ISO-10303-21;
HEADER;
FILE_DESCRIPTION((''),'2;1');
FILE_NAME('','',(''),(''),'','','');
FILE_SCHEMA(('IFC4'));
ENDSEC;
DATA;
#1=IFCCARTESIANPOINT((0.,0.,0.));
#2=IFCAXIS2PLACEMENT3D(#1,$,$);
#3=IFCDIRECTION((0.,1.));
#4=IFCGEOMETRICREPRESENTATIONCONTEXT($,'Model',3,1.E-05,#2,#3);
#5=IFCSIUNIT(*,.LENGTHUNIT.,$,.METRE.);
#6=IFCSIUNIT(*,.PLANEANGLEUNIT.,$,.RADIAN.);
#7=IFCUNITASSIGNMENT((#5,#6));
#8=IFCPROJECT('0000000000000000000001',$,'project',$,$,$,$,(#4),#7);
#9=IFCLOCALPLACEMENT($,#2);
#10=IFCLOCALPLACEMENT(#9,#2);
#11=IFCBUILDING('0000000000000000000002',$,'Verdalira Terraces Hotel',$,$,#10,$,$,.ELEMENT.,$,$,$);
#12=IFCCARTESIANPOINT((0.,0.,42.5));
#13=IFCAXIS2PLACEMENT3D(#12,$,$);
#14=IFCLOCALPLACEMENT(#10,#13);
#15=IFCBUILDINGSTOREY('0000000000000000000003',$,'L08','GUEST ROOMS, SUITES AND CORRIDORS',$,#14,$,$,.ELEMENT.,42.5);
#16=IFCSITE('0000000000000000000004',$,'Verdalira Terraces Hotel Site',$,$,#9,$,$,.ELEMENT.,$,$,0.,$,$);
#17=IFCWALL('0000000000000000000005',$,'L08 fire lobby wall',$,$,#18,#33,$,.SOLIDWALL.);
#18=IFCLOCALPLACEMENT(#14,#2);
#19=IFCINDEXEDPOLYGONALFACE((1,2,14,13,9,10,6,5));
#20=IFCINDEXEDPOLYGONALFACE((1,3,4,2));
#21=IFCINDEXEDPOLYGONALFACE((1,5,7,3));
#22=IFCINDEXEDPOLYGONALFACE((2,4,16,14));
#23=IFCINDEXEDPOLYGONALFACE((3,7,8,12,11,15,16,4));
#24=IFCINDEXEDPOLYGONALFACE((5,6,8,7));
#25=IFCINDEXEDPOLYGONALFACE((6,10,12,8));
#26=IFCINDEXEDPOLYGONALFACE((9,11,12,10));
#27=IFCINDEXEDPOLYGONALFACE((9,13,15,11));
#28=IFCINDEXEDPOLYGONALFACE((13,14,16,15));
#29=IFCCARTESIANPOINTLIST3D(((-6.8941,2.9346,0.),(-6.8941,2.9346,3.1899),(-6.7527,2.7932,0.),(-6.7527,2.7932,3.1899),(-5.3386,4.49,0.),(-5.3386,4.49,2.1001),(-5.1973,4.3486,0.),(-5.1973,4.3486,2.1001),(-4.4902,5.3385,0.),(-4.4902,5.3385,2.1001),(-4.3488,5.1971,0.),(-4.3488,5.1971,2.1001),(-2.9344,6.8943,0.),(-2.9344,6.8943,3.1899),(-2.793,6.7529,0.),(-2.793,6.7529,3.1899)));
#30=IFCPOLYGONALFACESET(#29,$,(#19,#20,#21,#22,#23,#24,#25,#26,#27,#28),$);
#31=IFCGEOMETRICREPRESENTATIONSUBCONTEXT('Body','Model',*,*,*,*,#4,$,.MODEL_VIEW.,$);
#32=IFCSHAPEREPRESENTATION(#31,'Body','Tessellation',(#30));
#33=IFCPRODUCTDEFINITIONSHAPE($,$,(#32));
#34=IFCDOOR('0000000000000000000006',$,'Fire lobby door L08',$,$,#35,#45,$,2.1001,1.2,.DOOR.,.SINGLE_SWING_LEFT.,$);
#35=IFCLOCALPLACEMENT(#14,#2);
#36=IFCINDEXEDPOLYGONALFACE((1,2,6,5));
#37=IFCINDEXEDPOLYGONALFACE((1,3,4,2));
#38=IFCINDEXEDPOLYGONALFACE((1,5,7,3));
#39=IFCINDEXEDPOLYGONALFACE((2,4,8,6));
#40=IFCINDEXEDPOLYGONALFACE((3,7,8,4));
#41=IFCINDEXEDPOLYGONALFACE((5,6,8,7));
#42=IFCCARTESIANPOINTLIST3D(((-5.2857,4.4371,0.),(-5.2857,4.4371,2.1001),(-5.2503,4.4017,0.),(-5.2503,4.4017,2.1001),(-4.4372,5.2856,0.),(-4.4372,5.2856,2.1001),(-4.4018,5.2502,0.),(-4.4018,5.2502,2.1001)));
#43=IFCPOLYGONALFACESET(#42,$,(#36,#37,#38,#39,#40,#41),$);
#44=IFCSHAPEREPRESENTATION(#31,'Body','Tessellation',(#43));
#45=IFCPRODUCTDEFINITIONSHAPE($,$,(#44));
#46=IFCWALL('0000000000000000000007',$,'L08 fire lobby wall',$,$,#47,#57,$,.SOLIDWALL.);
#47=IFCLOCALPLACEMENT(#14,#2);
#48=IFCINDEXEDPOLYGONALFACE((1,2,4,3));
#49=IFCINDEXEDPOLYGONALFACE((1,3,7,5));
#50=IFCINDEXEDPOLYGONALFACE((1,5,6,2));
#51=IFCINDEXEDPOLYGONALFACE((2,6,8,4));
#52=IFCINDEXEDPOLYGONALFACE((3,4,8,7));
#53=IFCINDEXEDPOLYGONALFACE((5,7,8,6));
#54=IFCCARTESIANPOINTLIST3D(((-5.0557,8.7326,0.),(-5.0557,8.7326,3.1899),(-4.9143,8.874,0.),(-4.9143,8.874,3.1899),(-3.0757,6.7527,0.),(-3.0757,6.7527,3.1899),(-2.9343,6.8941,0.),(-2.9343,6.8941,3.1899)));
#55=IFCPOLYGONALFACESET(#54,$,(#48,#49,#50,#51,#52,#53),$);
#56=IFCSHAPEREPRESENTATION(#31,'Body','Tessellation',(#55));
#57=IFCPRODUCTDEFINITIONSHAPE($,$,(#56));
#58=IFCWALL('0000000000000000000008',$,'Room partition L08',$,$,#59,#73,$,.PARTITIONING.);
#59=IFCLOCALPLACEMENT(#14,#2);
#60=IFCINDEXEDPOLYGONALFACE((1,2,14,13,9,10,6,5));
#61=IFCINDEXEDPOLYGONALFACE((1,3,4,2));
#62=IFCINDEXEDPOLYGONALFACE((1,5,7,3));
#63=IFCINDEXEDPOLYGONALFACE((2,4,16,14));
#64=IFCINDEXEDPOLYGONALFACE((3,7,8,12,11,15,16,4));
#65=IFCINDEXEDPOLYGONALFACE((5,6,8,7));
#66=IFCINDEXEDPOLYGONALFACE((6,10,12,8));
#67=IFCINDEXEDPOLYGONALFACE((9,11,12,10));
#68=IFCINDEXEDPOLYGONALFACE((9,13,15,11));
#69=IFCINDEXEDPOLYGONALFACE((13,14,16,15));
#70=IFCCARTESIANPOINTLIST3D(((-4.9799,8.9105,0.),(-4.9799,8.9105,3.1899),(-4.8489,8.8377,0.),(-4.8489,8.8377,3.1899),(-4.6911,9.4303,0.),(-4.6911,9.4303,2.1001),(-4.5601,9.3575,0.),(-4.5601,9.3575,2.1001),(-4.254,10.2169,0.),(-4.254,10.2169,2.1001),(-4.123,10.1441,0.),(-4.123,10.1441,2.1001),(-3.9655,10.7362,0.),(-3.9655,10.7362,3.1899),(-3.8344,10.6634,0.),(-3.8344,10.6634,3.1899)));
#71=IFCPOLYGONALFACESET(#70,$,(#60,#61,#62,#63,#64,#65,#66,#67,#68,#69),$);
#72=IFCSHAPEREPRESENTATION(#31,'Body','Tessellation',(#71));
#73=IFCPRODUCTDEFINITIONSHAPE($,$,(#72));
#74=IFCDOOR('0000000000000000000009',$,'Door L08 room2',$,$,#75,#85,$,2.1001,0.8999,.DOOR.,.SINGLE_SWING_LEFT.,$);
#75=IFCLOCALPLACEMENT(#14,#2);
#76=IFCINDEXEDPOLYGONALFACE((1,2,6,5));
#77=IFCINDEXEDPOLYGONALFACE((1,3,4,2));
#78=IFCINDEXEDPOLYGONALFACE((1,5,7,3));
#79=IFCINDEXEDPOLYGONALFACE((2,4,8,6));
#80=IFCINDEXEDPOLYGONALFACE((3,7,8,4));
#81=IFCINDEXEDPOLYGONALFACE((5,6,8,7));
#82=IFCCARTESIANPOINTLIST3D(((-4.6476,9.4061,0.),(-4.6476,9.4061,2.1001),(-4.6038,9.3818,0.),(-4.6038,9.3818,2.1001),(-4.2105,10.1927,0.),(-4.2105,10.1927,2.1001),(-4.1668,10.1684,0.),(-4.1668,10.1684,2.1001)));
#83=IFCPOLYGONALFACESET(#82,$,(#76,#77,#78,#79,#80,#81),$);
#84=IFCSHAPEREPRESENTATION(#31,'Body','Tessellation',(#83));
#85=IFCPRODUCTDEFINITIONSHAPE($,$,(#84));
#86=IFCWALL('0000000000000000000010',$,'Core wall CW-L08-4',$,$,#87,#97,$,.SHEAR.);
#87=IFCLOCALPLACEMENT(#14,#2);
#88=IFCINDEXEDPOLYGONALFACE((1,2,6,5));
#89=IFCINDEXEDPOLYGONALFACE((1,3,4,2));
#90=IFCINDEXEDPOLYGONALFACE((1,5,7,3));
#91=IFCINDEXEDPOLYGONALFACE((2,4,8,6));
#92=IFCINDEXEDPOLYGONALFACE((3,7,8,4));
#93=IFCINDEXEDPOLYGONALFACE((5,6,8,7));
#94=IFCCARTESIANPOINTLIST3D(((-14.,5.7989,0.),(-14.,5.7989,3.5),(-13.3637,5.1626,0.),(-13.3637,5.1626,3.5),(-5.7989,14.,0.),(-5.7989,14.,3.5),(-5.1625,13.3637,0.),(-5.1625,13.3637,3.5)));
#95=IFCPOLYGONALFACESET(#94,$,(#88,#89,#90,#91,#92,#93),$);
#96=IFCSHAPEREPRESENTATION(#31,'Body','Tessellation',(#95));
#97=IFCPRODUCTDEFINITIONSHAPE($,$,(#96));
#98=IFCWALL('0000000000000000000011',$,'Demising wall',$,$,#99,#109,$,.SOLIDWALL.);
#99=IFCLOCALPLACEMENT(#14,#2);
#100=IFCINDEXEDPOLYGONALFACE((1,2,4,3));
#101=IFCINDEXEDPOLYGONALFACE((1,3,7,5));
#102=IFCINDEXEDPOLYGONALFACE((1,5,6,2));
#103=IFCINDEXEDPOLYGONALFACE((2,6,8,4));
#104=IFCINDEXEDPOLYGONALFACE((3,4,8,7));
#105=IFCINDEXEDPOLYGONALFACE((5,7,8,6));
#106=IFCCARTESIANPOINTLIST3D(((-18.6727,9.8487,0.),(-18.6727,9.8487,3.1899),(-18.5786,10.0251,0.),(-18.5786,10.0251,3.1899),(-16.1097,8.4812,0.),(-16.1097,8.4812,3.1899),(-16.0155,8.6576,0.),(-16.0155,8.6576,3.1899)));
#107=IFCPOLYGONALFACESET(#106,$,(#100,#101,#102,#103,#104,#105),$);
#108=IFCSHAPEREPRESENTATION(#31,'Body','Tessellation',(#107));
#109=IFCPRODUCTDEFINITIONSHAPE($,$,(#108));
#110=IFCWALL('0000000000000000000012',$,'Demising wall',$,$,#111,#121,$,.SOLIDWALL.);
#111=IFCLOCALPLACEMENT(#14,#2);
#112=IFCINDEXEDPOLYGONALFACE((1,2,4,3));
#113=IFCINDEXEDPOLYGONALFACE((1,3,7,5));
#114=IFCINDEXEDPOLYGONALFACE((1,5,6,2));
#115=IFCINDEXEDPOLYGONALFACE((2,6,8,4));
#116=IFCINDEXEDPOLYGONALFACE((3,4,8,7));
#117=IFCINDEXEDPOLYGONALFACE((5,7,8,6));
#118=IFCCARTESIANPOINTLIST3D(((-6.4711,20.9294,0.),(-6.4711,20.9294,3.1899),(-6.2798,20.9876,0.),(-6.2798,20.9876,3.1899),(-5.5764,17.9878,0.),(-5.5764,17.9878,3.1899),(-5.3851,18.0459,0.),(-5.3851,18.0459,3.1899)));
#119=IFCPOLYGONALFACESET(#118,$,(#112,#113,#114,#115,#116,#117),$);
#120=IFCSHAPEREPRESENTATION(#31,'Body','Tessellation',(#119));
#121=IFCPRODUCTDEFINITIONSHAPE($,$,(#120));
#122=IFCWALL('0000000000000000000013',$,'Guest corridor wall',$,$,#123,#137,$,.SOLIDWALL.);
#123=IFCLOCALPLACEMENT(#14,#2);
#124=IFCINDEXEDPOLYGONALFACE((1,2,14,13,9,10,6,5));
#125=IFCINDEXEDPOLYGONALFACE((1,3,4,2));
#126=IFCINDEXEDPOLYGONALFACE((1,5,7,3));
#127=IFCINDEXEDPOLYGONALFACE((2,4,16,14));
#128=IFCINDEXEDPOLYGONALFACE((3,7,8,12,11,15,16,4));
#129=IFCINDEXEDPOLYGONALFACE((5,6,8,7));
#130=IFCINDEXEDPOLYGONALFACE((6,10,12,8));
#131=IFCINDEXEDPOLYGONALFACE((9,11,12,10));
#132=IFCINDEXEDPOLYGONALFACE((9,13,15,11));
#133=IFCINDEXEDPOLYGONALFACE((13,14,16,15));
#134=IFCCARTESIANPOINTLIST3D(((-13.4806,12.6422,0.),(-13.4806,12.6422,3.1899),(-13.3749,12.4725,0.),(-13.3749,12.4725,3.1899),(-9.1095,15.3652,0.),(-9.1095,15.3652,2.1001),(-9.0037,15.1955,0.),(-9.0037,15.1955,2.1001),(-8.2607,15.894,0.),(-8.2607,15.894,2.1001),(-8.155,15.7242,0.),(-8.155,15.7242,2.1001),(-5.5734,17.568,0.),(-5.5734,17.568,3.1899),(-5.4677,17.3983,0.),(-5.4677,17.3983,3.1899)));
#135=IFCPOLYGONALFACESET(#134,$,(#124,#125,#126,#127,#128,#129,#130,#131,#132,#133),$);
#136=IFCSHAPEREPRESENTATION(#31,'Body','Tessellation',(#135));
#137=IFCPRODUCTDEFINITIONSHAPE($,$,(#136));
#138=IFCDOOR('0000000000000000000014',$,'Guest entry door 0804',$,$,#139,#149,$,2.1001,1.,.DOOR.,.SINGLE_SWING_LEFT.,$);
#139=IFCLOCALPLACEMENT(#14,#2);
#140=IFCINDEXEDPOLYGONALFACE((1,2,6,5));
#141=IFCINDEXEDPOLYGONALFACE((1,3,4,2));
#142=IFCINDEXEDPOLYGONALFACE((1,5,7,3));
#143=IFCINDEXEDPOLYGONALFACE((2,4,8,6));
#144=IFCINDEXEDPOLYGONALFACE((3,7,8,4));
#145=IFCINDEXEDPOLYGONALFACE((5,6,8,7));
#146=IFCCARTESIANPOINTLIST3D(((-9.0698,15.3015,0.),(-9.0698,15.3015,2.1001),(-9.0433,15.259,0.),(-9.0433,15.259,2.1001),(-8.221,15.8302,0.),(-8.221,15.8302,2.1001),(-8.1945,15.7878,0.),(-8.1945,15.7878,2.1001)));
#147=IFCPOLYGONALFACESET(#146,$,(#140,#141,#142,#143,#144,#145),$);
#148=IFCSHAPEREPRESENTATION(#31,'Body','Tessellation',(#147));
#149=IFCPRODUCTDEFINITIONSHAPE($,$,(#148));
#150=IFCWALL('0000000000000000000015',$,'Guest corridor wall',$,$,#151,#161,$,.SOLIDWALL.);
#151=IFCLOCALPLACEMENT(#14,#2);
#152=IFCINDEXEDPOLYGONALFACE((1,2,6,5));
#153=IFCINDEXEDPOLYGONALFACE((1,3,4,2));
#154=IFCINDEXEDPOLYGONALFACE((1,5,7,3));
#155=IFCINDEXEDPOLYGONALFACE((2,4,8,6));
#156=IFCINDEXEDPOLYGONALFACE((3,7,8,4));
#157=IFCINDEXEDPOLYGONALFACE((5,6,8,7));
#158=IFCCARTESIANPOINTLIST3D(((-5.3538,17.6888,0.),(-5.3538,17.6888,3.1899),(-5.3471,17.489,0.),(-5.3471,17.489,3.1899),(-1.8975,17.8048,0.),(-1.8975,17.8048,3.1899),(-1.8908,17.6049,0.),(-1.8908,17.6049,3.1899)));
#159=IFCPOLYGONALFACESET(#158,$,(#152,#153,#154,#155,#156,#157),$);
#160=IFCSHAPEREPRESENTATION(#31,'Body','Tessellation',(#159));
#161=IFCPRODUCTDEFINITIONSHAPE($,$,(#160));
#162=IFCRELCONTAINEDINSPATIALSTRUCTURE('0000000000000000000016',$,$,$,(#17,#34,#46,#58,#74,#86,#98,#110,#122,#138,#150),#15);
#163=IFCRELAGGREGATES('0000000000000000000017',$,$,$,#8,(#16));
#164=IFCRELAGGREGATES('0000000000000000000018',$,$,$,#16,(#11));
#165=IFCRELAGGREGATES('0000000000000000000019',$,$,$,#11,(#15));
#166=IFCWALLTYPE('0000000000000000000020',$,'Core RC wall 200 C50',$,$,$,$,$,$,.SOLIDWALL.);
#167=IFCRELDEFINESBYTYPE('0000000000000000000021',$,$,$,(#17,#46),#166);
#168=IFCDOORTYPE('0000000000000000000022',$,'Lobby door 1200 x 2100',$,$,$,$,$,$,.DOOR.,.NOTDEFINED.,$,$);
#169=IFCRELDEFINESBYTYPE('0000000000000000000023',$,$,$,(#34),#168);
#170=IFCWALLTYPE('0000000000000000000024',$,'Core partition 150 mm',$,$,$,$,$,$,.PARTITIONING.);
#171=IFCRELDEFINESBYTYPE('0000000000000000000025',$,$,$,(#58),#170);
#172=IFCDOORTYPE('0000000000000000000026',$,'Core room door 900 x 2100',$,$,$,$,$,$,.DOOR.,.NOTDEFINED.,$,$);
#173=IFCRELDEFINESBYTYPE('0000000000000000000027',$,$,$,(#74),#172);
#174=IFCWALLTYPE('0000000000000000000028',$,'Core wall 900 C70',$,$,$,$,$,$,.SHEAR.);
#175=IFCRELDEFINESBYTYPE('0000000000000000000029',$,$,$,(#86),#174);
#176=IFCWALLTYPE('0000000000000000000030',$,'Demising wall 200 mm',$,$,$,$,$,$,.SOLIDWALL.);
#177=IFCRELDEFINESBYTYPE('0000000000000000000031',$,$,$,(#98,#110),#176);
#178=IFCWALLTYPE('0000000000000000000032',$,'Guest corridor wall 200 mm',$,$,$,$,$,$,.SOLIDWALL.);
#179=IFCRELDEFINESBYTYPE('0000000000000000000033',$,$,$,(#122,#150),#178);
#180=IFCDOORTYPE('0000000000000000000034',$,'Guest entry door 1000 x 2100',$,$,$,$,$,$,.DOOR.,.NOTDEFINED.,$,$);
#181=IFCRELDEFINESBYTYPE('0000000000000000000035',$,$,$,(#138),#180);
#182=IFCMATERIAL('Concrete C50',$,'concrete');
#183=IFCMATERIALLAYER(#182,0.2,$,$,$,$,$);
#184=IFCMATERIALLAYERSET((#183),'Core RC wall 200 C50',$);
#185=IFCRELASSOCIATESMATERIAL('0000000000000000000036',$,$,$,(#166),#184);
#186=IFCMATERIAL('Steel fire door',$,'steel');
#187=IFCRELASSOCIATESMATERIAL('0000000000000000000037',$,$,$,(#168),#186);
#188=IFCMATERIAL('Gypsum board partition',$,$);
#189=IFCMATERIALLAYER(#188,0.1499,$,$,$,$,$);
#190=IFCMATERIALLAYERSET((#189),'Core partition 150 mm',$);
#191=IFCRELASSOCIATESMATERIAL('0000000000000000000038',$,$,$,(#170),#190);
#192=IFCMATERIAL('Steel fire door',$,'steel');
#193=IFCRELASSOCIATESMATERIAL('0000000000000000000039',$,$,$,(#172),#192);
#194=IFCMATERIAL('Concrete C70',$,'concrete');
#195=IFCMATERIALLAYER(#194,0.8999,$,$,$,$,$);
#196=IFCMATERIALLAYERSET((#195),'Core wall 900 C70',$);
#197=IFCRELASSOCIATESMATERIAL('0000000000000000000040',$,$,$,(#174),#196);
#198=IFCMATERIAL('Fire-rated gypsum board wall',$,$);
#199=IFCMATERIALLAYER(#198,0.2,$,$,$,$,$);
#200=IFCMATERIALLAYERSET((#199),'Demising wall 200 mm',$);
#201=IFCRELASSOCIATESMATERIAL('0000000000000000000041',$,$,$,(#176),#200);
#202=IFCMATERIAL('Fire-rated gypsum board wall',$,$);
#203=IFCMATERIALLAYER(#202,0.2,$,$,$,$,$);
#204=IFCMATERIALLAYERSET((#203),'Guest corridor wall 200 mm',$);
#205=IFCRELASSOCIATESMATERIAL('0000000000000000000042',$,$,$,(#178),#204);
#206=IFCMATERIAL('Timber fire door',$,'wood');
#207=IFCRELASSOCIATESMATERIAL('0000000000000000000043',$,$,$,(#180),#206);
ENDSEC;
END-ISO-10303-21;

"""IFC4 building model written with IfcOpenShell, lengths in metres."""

from ifc_helpers import new_model, si_unit, direction, frame, frame_2d, origin, place, context, subcontext, project, spatial, rectangle, extrude, material, layer, layer_set, type_object, element, fill, save


model = new_model("IFC4")

# Units and contexts
model_context = context("Model", 3, precision=1e-05, world=origin(), true_north=direction((0.0, 1.0)))
body_context = subcontext(model_context, "Body", "Model", "MODEL_VIEW")
ifc_project = project(units=[si_unit("LENGTHUNIT", "METRE"), si_unit("PLANEANGLEUNIT", "RADIAN")], contexts=[model_context])

# Site, building, storey
site_placement = place(None, origin())
site = spatial("IfcSite", under=ifc_project, at=site_placement, Name="Verdalira Terraces Hotel Site", CompositionType="ELEMENT", RefElevation=0.0)
building_placement = place(site_placement, origin())
building = spatial("IfcBuilding", under=site, at=building_placement, Name="Verdalira Terraces Hotel", CompositionType="ELEMENT")
storey_placement = place(building_placement, frame((0.0, 0.0, 42.5)))
storey = spatial("IfcBuildingStorey", under=building, at=storey_placement, Name="L08", Description="GUEST ROOMS, SUITES AND CORRIDORS", CompositionType="ELEMENT", Elevation=42.5)

# Wall, opening, door
ifc_material_1 = material(Name="Concrete C50", Category="concrete")
ifc_layer_1 = layer(ifc_material_1, 0.2)
ifc_layer_set_1 = layer_set([ifc_layer_1], Name="Core RC wall 200 C50")
wall_type_1 = type_object("IfcWallType", Name="Core RC wall 200 C50", PredefinedType="SOLIDWALL", material=ifc_layer_set_1)
wall_1_placement = place(storey_placement, frame((-2.8638, 6.8235, 0.0), z_axis=(0.0, 0.0, 1.0), x_axis=(-0.707107, -0.707107, 0.0)))
wall_1 = element("IfcWall", 1, at=wall_1_placement, inside=storey, type_object=wall_type_1, Name="L08 fire lobby wall", PredefinedType="SOLIDWALL", context=body_context, shape_type="SweptSolid", body=[
    extrude(rectangle(XDim=5.5999, YDim=0.2, at=frame_2d((2.7998, 0.0))), origin(), (0.0, 0.0, 1.0), 3.1899),
])
opening_1_placement = place(wall_1_placement, frame((2.2, 0.0, 0.0)))
opening_1 = element("IfcOpeningElement", 2, at=opening_1_placement, cuts=wall_1, PredefinedType="OPENING", context=body_context, shape_type="SweptSolid", body=[
    extrude(rectangle(XDim=1.2, YDim=2.1001, at=frame_2d((0.6001, 1.05))), frame((0.0, 0.1099, 0.0), z_axis=(0.0, -1.0, 0.0), x_axis=(1.0, 0.0, 0.0)), (0.0, 0.0, 1.0), 0.22),
])
ifc_material_2 = material(Name="Steel fire door", Category="steel")
door_type_1 = type_object("IfcDoorType", Name="Lobby door 1200 x 2100", OperationType="NOTDEFINED", PredefinedType="DOOR", material=ifc_material_2)
door_1_placement = place(opening_1_placement, origin())
door_1 = element("IfcDoor", 3, at=door_1_placement, inside=storey, type_object=door_type_1, Name="Fire lobby door L08", OperationType="SINGLE_SWING_LEFT", OverallHeight=2.1001, OverallWidth=1.2, PredefinedType="DOOR", context=body_context, shape_type="SweptSolid", body=[
    extrude(rectangle(XDim=1.2, YDim=2.1001, at=frame_2d((0.6001, 1.05))), frame((0.0, 0.0249, 0.0), z_axis=(0.0, -1.0, 0.0), x_axis=(1.0, 0.0, 0.0)), (0.0, 0.0, 1.0), 0.05),
])
fill(opening_1, door_1)

# Wall
wall_2_placement = place(storey_placement, frame((-3.0051, 6.8235, 0.0), z_axis=(0.0, 0.0, 1.0), x_axis=(-0.707107, 0.707107, 0.0)))
element("IfcWall", 4, at=wall_2_placement, inside=storey, type_object=wall_type_1, Name="L08 fire lobby wall", PredefinedType="SOLIDWALL", context=body_context, shape_type="SweptSolid", body=[
    extrude(rectangle(XDim=2.8, YDim=0.2, at=frame_2d((1.3999, 0.0))), origin(), (0.0, 0.0, 1.0), 3.1899),
])

# Wall, opening, door
ifc_material_3 = material(Name="Gypsum board partition")
ifc_layer_2 = layer(ifc_material_3, 0.1499)
ifc_layer_set_2 = layer_set([ifc_layer_2], Name="Core partition 150 mm")
wall_type_2 = type_object("IfcWallType", Name="Core partition 150 mm", PredefinedType="PARTITIONING", material=ifc_layer_set_2)
wall_3_placement = place(storey_placement, frame((-3.8999, 10.7, 0.0), z_axis=(0.0, 0.0, 1.0), x_axis=(-0.485693, -0.87413, 0.0)))
wall_3 = element("IfcWall", 5, at=wall_3_placement, inside=storey, type_object=wall_type_2, Name="Room partition L08", PredefinedType="PARTITIONING", context=body_context, shape_type="SweptSolid", body=[
    extrude(rectangle(XDim=2.0886, YDim=0.1499, at=frame_2d((1.0444, 0.0))), origin(), (0.0, 0.0, 1.0), 3.1899),
])
opening_2_placement = place(wall_3_placement, frame((0.5942, 0.0, 0.0)))
opening_2 = element("IfcOpeningElement", 6, at=opening_2_placement, cuts=wall_3, PredefinedType="OPENING", context=body_context, shape_type="SweptSolid", body=[
    extrude(rectangle(XDim=0.8999, YDim=2.1001, at=frame_2d((0.45, 1.05))), frame((0.0, 0.085, 0.0), z_axis=(0.0, -1.0, 0.0), x_axis=(1.0, 0.0, 0.0)), (0.0, 0.0, 1.0), 0.1699),
])
ifc_material_4 = material(Name="Steel fire door", Category="steel")
door_type_2 = type_object("IfcDoorType", Name="Core room door 900 x 2100", OperationType="NOTDEFINED", PredefinedType="DOOR", material=ifc_material_4)
door_2_placement = place(opening_2_placement, origin())
door_2 = element("IfcDoor", 7, at=door_2_placement, inside=storey, type_object=door_type_2, Name="Door L08 room2", OperationType="SINGLE_SWING_LEFT", OverallHeight=2.1001, OverallWidth=0.8999, PredefinedType="DOOR", context=body_context, shape_type="SweptSolid", body=[
    extrude(rectangle(XDim=0.8999, YDim=2.1001, at=frame_2d((0.45, 1.05))), frame((0.0, 0.0249, 0.0), z_axis=(0.0, -1.0, 0.0), x_axis=(1.0, 0.0, 0.0)), (0.0, 0.0, 1.0), 0.05),
])
fill(opening_2, door_2)

# Walls
ifc_material_5 = material(Name="Concrete C70", Category="concrete")
ifc_layer_3 = layer(ifc_material_5, 0.8999)
ifc_layer_set_3 = layer_set([ifc_layer_3], Name="Core wall 900 C70")
wall_type_3 = type_object("IfcWallType", Name="Core wall 900 C70", PredefinedType="SHEAR", material=ifc_layer_set_3)
wall_4_placement = place(storey_placement, frame((-5.4807, 13.6819, 0.0), z_axis=(0.0, 0.0, 1.0), x_axis=(-0.707107, -0.707107, 0.0)))
element("IfcWall", 8, at=wall_4_placement, inside=storey, type_object=wall_type_3, Name="Core wall CW-L08-4", PredefinedType="SHEAR", context=body_context, shape_type="SweptSolid", body=[
    extrude(rectangle(XDim=11.5981, YDim=0.8999, at=frame_2d((5.7991, 0.0))), origin(), (0.0, 0.0, 1.0), 3.5),
])
ifc_material_6 = material(Name="Fire-rated gypsum board wall")
ifc_layer_4 = layer(ifc_material_6, 0.2)
ifc_layer_set_4 = layer_set([ifc_layer_4], Name="Demising wall 200 mm")
wall_type_4 = type_object("IfcWallType", Name="Demising wall 200 mm", PredefinedType="SOLIDWALL", material=ifc_layer_set_4)
wall_5_placement = place(storey_placement, frame((-16.0625, 8.5693, 0.0), z_axis=(0.0, 0.0, 1.0), x_axis=(-0.882281, 0.470723, 0.0)))
element("IfcWall", 9, at=wall_5_placement, inside=storey, type_object=wall_type_4, Name="Demising wall", PredefinedType="SOLIDWALL", context=body_context, shape_type="SweptSolid", body=[
    extrude(rectangle(XDim=2.905, YDim=0.2, at=frame_2d((1.4526, 0.0))), origin(), (0.0, 0.0, 1.0), 3.1899),
])
wall_6_placement = place(storey_placement, frame((-5.4807, 18.0168, 0.0), z_axis=(0.0, 0.0, 1.0), x_axis=(-0.29101, 0.95672, 0.0)))
element("IfcWall", 10, at=wall_6_placement, inside=storey, type_object=wall_type_4, Name="Demising wall", PredefinedType="SOLIDWALL", context=body_context, shape_type="SweptSolid", body=[
    extrude(rectangle(XDim=3.0747, YDim=0.2, at=frame_2d((1.5374, 0.0))), origin(), (0.0, 0.0, 1.0), 3.1899),
])

# Wall, opening, door
ifc_material_7 = material(Name="Fire-rated gypsum board wall")
ifc_layer_5 = layer(ifc_material_7, 0.2)
ifc_layer_set_5 = layer_set([ifc_layer_5], Name="Guest corridor wall 200 mm")
wall_type_5 = type_object("IfcWallType", Name="Guest corridor wall 200 mm", PredefinedType="SOLIDWALL", material=ifc_layer_set_5)
wall_7_placement = place(storey_placement, frame((-13.4277, 12.5574, 0.0), z_axis=(0.0, 0.0, 1.0), x_axis=(0.848781, 0.528745, 0.0)))
wall_7 = element("IfcWall", 11, at=wall_7_placement, inside=storey, type_object=wall_type_5, Name="Guest corridor wall", PredefinedType="SOLIDWALL", context=body_context, shape_type="SweptSolid", body=[
    extrude(rectangle(XDim=9.3159, YDim=0.2, at=frame_2d((4.658, 0.0))), origin(), (0.0, 0.0, 1.0), 3.1899),
])
opening_3_placement = place(wall_7_placement, frame((5.1499, 0.0, 0.0)))
opening_3 = element("IfcOpeningElement", 12, at=opening_3_placement, cuts=wall_7, PredefinedType="OPENING", context=body_context, shape_type="SweptSolid", body=[
    extrude(rectangle(XDim=1.0, YDim=2.1001, at=frame_2d((0.5, 1.05))), frame((0.0, 0.1099, 0.0), z_axis=(0.0, -1.0, 0.0), x_axis=(1.0, 0.0, 0.0)), (0.0, 0.0, 1.0), 0.22),
])
ifc_material_8 = material(Name="Timber fire door", Category="wood")
door_type_3 = type_object("IfcDoorType", Name="Guest entry door 1000 x 2100", OperationType="NOTDEFINED", PredefinedType="DOOR", material=ifc_material_8)
door_3_placement = place(opening_3_placement, origin())
door_3 = element("IfcDoor", 13, at=door_3_placement, inside=storey, type_object=door_type_3, Name="Guest entry door 0804", OperationType="SINGLE_SWING_LEFT", OverallHeight=2.1001, OverallWidth=1.0, PredefinedType="DOOR", context=body_context, shape_type="SweptSolid", body=[
    extrude(rectangle(XDim=1.0, YDim=2.1001, at=frame_2d((0.5, 1.05))), frame((0.0, 0.0249, 0.0), z_axis=(0.0, -1.0, 0.0), x_axis=(1.0, 0.0, 0.0)), (0.0, 0.0, 1.0), 0.05),
])
fill(opening_3, door_3)

# Wall
wall_8_placement = place(storey_placement, frame((-1.8943, 17.7048, 0.0), z_axis=(0.0, 0.0, 1.0), x_axis=(-0.999438, -0.033533, 0.0)))
element("IfcWall", 14, at=wall_8_placement, inside=storey, type_object=wall_type_5, Name="Guest corridor wall", PredefinedType="SOLIDWALL", context=body_context, shape_type="SweptSolid", body=[
    extrude(rectangle(XDim=3.4583, YDim=0.2, at=frame_2d((1.729, 0.0))), origin(), (0.0, 0.0, 1.0), 3.1899),
])

save(model, "model.ifc")
